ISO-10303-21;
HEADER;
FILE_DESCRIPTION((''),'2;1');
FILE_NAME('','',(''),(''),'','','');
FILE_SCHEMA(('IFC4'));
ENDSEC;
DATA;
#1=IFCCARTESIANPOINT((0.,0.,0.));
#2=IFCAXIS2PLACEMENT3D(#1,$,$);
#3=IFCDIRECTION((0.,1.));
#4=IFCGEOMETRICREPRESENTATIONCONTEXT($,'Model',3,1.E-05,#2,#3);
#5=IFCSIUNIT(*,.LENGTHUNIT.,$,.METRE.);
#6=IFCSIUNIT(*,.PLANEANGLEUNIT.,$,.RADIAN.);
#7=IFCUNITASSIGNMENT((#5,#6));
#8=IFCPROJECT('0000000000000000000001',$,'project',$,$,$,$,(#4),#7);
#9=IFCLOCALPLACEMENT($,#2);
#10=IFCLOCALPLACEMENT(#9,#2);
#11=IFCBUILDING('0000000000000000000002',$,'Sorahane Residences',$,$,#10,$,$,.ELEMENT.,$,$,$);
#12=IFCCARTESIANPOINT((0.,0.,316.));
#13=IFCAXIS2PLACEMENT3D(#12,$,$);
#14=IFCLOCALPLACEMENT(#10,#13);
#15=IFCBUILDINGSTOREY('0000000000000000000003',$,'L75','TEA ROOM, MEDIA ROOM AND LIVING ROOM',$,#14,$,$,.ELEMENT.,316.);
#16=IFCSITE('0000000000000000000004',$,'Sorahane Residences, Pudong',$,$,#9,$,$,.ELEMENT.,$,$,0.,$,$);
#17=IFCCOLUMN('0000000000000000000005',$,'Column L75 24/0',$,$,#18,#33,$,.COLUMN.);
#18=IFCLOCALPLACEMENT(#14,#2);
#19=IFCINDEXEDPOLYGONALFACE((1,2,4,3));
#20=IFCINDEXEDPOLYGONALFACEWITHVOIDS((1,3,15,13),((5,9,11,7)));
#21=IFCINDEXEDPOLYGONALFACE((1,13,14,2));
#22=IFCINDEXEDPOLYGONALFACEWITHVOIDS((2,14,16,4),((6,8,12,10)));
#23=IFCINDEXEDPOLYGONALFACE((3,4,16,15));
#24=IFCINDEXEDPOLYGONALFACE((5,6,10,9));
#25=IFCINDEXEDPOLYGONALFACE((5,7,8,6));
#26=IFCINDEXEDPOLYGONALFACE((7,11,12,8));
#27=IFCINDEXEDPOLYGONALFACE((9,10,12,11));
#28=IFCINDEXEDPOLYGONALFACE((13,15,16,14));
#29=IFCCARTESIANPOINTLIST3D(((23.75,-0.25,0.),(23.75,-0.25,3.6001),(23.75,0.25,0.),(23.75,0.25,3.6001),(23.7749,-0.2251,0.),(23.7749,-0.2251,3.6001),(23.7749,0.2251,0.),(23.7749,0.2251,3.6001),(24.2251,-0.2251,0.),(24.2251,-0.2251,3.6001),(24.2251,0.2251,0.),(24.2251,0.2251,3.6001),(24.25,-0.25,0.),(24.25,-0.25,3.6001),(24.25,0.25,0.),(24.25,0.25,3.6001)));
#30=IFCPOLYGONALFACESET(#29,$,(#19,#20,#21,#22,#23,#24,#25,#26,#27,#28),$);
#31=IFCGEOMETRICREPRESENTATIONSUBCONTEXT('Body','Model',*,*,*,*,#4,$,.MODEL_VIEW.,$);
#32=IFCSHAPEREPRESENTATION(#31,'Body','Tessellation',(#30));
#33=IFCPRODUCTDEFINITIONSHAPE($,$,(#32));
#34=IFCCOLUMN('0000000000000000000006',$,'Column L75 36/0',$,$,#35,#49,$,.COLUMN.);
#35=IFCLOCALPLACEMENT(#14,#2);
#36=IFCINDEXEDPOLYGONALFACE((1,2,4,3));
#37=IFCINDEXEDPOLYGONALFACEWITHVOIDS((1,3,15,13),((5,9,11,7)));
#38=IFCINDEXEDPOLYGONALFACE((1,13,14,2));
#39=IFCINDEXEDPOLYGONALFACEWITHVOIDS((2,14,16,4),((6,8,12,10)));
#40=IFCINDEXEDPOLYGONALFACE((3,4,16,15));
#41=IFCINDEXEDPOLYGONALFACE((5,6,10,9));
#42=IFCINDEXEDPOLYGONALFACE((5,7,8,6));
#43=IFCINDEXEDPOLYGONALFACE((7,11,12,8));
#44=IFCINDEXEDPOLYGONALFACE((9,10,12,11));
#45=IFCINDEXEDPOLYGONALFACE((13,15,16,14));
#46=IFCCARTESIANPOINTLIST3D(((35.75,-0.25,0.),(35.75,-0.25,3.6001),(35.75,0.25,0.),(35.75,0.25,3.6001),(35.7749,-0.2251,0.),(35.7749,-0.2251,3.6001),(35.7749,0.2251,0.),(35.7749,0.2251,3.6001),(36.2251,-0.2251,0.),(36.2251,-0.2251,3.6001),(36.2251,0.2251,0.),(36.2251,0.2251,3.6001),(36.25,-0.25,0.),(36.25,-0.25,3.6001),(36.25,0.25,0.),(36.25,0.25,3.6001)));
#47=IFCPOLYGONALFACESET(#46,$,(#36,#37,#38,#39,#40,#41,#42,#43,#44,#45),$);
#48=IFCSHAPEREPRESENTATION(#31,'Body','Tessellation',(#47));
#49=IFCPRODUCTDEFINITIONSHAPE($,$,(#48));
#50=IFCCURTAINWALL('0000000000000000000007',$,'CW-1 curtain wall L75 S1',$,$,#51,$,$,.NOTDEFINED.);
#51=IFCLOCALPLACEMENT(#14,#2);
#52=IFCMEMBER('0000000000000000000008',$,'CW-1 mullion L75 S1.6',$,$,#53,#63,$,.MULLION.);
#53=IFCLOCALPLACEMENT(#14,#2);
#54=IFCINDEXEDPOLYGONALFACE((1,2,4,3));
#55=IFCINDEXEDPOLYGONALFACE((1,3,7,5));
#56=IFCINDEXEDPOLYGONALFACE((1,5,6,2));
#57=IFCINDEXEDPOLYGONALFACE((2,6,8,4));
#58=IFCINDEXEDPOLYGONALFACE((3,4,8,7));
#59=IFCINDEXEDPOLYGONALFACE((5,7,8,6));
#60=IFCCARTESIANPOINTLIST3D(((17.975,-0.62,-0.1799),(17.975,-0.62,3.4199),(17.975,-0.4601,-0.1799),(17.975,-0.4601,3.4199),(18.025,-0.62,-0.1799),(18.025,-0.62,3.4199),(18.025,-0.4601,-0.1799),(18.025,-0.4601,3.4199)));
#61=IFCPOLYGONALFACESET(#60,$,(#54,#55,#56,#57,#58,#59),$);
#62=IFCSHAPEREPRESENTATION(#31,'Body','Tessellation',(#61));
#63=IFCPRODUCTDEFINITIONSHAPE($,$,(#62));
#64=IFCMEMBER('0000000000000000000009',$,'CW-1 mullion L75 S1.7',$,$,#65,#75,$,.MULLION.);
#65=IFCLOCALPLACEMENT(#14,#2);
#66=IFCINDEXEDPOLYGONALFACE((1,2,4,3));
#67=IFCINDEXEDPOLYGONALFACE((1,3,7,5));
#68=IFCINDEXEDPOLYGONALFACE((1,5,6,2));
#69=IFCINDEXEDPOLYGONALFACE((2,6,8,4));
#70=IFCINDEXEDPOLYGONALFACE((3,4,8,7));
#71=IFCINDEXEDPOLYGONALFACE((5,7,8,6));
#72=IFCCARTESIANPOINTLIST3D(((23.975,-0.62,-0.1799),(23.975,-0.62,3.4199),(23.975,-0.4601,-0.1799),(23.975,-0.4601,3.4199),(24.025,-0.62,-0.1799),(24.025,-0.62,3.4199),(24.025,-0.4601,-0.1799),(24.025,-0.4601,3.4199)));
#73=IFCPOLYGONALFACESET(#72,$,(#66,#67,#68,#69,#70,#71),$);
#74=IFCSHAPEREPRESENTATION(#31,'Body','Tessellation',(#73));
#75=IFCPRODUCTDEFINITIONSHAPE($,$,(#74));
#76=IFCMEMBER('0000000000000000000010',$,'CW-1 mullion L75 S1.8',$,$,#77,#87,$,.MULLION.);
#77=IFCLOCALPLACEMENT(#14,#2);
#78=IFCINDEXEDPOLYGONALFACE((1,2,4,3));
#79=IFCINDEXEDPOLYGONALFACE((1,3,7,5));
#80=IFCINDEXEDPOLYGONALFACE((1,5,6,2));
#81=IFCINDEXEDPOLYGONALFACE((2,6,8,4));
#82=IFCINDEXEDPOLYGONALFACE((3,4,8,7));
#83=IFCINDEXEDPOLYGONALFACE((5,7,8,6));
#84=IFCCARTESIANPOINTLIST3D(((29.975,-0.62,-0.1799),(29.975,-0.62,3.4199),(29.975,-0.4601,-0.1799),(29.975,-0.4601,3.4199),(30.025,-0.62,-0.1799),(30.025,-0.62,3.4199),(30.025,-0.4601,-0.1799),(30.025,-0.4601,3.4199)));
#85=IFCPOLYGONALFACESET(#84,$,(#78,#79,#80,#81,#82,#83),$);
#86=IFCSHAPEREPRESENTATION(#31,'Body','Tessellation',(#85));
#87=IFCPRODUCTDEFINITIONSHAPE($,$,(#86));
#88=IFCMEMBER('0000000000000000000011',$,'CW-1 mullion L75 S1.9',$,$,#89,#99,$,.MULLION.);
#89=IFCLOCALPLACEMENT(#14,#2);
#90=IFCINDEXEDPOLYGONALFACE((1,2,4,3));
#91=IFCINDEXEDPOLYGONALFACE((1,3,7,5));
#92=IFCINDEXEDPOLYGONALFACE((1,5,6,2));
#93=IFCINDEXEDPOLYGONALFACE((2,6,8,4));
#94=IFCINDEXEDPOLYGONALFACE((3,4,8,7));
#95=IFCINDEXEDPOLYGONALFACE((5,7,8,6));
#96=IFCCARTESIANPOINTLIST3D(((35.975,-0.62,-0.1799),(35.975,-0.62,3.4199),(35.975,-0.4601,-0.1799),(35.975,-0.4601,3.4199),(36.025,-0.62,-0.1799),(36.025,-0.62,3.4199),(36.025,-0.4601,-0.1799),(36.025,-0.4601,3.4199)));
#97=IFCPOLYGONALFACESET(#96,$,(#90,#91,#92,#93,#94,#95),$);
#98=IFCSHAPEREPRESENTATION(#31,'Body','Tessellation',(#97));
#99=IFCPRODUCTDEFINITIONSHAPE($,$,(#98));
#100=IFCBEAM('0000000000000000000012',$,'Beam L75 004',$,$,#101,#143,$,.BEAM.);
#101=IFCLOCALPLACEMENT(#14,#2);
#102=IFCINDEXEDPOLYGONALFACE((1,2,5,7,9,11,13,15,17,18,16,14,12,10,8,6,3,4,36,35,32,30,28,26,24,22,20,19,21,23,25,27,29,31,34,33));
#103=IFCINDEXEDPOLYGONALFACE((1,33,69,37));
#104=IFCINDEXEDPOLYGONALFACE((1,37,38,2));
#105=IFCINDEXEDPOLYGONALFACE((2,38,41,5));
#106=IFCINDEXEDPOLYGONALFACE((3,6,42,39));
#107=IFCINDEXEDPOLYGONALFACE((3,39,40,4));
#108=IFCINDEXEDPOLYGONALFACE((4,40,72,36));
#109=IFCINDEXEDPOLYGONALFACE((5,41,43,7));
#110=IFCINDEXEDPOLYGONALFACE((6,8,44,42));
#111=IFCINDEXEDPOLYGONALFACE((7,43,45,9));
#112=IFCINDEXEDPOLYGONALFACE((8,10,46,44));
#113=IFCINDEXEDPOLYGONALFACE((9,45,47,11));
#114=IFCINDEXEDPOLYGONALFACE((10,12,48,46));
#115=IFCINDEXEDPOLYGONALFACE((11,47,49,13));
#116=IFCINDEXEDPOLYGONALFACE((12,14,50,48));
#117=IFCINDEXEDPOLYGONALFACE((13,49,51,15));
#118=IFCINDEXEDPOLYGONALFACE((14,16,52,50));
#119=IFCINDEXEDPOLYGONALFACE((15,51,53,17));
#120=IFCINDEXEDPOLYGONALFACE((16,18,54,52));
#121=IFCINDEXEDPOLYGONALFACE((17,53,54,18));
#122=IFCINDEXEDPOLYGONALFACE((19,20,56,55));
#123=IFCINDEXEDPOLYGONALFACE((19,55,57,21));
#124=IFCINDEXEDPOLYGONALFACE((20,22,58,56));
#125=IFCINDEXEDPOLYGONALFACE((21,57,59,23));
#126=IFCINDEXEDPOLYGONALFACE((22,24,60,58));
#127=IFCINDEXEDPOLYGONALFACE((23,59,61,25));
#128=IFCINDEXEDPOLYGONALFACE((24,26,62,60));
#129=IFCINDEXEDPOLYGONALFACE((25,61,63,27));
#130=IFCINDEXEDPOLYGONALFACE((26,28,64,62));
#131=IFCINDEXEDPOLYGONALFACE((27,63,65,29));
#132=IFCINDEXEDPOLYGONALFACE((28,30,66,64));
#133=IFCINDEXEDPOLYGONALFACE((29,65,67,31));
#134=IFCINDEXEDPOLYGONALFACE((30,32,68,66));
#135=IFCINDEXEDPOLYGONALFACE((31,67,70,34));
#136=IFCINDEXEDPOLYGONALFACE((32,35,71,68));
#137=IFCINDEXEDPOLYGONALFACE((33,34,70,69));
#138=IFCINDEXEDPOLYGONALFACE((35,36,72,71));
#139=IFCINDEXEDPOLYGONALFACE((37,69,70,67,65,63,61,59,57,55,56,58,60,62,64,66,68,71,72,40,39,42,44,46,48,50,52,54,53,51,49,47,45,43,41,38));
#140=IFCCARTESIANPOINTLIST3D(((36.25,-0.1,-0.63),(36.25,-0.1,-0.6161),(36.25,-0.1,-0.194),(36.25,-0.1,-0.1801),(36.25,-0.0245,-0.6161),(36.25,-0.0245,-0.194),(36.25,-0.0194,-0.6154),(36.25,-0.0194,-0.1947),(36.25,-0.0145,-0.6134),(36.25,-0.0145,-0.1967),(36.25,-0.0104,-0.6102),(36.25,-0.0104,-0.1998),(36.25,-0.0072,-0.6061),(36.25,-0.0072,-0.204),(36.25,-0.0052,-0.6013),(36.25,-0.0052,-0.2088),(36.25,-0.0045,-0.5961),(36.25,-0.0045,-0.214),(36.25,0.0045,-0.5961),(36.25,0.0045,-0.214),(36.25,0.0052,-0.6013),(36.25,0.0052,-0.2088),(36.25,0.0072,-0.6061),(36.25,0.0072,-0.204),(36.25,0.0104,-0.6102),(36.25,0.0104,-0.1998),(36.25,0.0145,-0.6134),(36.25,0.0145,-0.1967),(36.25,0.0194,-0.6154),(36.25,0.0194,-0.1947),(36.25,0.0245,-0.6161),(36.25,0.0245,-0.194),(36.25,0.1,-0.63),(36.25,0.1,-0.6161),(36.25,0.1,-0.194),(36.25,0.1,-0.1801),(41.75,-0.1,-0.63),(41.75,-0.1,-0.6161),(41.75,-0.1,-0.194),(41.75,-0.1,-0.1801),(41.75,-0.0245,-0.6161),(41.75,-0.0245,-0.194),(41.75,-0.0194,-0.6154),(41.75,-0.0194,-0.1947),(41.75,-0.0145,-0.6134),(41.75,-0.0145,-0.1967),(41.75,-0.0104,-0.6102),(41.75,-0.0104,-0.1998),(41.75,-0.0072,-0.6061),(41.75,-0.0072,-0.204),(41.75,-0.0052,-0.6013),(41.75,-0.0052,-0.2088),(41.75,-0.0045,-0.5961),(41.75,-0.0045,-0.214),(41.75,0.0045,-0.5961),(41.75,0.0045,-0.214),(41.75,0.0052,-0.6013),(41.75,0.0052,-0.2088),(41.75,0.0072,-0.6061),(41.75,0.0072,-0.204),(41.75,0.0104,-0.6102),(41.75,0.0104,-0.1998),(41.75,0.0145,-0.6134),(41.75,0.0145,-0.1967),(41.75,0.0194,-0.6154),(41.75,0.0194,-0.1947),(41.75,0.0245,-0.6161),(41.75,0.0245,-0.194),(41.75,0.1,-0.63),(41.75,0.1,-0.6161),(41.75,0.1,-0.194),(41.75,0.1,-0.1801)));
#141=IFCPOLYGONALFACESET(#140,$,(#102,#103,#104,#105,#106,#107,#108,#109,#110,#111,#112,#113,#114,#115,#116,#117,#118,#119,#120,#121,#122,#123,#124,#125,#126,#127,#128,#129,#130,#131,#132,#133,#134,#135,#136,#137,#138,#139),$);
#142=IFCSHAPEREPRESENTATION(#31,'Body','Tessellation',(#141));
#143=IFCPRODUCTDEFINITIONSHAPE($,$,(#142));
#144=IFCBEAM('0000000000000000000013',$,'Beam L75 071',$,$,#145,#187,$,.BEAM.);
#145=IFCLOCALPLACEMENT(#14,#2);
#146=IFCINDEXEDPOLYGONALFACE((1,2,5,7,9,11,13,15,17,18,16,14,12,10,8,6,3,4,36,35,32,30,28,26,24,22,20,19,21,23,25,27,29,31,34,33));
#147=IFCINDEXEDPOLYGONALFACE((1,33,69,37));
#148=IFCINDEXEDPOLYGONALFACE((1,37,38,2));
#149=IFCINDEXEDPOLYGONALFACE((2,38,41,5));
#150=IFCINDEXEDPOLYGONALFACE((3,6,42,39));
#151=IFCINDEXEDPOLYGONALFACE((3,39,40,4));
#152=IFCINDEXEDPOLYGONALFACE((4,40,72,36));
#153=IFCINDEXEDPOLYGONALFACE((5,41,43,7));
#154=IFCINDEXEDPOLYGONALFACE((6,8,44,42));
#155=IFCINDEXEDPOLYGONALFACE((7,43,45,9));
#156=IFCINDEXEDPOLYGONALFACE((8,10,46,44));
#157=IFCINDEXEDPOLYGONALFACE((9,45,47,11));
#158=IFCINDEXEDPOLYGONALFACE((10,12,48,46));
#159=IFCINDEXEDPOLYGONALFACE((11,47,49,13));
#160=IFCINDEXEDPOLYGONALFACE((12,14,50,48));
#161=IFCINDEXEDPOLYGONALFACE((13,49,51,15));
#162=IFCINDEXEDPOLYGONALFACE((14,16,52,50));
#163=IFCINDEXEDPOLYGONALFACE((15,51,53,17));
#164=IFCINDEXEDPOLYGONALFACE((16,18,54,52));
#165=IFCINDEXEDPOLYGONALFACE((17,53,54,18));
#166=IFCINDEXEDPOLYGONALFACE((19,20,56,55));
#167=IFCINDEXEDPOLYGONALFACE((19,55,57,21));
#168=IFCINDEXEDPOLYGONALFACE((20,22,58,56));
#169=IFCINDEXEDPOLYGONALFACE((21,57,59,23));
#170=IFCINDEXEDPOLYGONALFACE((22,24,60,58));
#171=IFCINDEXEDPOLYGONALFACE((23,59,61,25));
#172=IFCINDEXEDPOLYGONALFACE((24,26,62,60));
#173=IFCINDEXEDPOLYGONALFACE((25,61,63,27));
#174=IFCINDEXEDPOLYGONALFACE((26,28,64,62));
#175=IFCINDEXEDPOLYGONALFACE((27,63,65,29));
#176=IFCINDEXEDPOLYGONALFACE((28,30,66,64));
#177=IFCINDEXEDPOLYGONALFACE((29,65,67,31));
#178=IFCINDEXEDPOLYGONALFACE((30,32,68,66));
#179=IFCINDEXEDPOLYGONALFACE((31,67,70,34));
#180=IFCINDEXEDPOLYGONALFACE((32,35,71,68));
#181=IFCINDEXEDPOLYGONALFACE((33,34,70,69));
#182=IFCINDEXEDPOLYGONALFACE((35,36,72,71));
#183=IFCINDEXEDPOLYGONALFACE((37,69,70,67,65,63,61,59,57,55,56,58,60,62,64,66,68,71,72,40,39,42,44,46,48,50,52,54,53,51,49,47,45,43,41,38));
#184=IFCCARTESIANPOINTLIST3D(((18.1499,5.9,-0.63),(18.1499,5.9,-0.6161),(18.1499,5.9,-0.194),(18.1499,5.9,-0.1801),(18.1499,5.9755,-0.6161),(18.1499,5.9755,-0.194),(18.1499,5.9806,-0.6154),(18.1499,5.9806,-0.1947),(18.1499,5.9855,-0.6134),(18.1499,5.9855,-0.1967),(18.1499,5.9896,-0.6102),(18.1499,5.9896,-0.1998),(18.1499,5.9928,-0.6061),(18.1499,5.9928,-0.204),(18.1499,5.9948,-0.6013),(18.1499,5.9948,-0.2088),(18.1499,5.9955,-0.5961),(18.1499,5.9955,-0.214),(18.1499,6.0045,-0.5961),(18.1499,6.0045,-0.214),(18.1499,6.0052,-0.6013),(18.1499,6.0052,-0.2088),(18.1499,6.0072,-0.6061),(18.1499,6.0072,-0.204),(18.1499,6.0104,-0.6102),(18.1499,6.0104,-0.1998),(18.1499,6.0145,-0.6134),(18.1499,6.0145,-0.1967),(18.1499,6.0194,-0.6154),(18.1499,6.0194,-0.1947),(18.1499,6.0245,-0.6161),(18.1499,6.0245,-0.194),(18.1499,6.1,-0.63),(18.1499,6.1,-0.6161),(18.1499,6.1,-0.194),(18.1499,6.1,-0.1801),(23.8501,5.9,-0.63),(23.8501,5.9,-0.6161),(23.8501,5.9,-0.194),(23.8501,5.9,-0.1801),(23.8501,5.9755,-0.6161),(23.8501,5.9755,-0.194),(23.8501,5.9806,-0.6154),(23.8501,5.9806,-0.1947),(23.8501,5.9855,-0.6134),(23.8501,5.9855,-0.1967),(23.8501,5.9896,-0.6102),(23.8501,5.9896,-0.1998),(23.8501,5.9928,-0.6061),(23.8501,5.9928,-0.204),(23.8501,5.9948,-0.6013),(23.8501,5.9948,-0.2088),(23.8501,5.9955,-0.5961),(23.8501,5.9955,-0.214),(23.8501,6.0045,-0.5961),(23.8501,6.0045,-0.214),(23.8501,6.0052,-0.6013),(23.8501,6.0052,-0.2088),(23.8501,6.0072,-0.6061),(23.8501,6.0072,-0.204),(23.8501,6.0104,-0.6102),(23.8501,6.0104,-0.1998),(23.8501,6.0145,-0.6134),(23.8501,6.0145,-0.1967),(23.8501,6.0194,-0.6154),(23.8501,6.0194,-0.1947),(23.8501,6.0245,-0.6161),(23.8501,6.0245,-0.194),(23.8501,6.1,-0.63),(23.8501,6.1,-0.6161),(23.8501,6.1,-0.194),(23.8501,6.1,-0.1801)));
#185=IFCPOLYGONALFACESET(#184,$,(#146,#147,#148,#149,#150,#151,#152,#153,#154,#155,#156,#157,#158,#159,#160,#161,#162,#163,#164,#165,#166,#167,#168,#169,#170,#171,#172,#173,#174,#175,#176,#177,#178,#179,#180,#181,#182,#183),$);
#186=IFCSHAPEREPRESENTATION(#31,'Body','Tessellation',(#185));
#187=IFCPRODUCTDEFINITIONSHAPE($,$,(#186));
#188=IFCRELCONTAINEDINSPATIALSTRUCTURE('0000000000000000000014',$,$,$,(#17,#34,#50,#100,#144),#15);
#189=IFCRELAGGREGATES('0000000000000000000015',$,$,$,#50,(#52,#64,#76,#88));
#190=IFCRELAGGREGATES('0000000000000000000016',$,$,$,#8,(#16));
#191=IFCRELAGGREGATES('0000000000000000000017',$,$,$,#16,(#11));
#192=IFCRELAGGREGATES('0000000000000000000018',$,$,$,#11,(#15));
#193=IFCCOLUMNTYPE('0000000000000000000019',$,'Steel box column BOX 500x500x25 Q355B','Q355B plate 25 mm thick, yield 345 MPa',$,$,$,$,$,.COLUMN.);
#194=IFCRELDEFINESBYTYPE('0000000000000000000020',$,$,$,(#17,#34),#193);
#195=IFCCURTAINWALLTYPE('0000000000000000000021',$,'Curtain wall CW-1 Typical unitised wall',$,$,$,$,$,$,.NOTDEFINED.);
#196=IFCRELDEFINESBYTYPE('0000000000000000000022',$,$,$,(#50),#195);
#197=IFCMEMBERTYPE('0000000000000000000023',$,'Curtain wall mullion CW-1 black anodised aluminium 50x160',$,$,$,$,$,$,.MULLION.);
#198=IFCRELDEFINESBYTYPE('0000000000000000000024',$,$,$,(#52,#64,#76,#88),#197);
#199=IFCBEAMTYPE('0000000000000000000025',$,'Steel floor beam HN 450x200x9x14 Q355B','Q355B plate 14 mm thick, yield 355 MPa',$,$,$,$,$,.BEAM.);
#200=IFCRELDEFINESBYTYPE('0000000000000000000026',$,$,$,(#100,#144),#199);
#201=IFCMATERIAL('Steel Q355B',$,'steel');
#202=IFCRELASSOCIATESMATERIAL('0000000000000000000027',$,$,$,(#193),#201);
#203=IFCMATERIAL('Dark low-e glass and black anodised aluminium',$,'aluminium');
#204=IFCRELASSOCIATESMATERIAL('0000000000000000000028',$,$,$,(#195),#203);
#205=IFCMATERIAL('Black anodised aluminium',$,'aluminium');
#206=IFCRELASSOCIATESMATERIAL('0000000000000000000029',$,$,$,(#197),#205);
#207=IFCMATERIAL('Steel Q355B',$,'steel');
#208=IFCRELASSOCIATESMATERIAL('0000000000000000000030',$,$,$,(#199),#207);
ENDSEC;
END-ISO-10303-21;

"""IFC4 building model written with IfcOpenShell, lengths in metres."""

from ifc_helpers import new_model, si_unit, direction, frame, origin, origin_2d, place, context, subcontext, project, spatial, rectangle, hollow_rectangle, i_section, extrude, material, material_profile, profile_set, type_object, element, aggregate, save


model = new_model("IFC4")

# Units and contexts
model_context = context("Model", 3, precision=1e-05, world=origin(), true_north=direction((0.0, 1.0)))
body_context = subcontext(model_context, "Body", "Model", "MODEL_VIEW")
ifc_project = project(units=[si_unit("LENGTHUNIT", "METRE"), si_unit("PLANEANGLEUNIT", "RADIAN")], contexts=[model_context])

# Site, building, storey
site_placement = place(None, origin())
site = spatial("IfcSite", under=ifc_project, at=site_placement, Name="Sorahane Residences, Pudong", CompositionType="ELEMENT", RefElevation=0.0)
building_placement = place(site_placement, origin())
building = spatial("IfcBuilding", under=site, at=building_placement, Name="Sorahane Residences", CompositionType="ELEMENT")
storey_placement = place(building_placement, frame((0.0, 0.0, 316.0)))
storey = spatial("IfcBuildingStorey", under=building, at=storey_placement, Name="L75", Description="TEA ROOM, MEDIA ROOM AND LIVING ROOM", CompositionType="ELEMENT", Elevation=316.0)

# Columns
ifc_material_1 = material(Name="Steel Q355B", Category="steel")
ifc_material_profile_1 = material_profile(ifc_material_1, hollow_rectangle(XDim=0.5, YDim=0.5, WallThickness=0.0249, at=origin_2d()), Name="BOX 500x500x25")
ifc_profile_set_1 = profile_set([ifc_material_profile_1], Name="Steel Q355B")
column_type = type_object("IfcColumnType", Name="Steel box column BOX 500x500x25 Q355B", Description="Q355B plate 25 mm thick, yield 345 MPa", PredefinedType="COLUMN", material=ifc_profile_set_1)
for number, where, z_axis, x_axis, name in (
    (1, (24.0, 0.0, 0.0), (0.0, 0.0, 1.0), (1.0, 0.0, 0.0), "Column L75 24/0"),
    (2, (36.0, 0.0, 0.0), (0.0, 0.0, 1.0), (1.0, 0.0, 0.0), "Column L75 36/0"),
):
    element("IfcColumn", number, at=place(storey_placement, frame(where, z_axis=z_axis, x_axis=x_axis)), inside=storey, type_object=column_type, Name=name, PredefinedType="COLUMN", context=body_context, shape_type="SweptSolid", body=[
        extrude(hollow_rectangle(XDim=0.5, YDim=0.5, WallThickness=0.0249, at=origin_2d()), origin(), (0.0, 0.0, 1.0), 3.6001),
    ])

# Curtain wall, members
ifc_material_2 = material(Name="Dark low-e glass and black anodised aluminium", Category="aluminium")
curtain_wall_type = type_object("IfcCurtainWallType", Name="Curtain wall CW-1 Typical unitised wall", PredefinedType="NOTDEFINED", material=ifc_material_2)
curtain_wall_placement = place(storey_placement, origin())
curtain_wall = element("IfcCurtainWall", 3, at=curtain_wall_placement, inside=storey, type_object=curtain_wall_type, Name="CW-1 curtain wall L75 S1", PredefinedType="NOTDEFINED")
ifc_material_3 = material(Name="Black anodised aluminium", Category="aluminium")
ifc_material_profile_2 = material_profile(ifc_material_3, rectangle(XDim=0.1599, YDim=0.05, at=origin_2d()), Name="Curtain wall mullion CW-1 black anodised aluminium 50x160")
ifc_profile_set_2 = profile_set([ifc_material_profile_2], Name="Black anodised aluminium")
member_type = type_object("IfcMemberType", Name="Curtain wall mullion CW-1 black anodised aluminium 50x160", PredefinedType="MULLION", material=ifc_profile_set_2)
member_1_placement = place(storey_placement, frame((18.0, -0.54, -0.1799), z_axis=(0.0, 0.0, 1.0), x_axis=(0.0, -1.0, 0.0)))
member_1 = element("IfcMember", 4, at=member_1_placement, type_object=member_type, Name="CW-1 mullion L75 S1.6", PredefinedType="MULLION", context=body_context, shape_type="SweptSolid", body=[
    extrude(rectangle(XDim=0.1599, YDim=0.05, at=origin_2d()), origin(), (0.0, 0.0, 1.0), 3.5999),
])
member_2_placement = place(storey_placement, frame((24.0, -0.54, -0.1799), z_axis=(0.0, 0.0, 1.0), x_axis=(0.0, -1.0, 0.0)))
member_2 = element("IfcMember", 5, at=member_2_placement, type_object=member_type, Name="CW-1 mullion L75 S1.7", PredefinedType="MULLION", context=body_context, shape_type="SweptSolid", body=[
    extrude(rectangle(XDim=0.1599, YDim=0.05, at=origin_2d()), origin(), (0.0, 0.0, 1.0), 3.5999),
])
member_3_placement = place(storey_placement, frame((30.0, -0.54, -0.1799), z_axis=(0.0, 0.0, 1.0), x_axis=(0.0, -1.0, 0.0)))
member_3 = element("IfcMember", 6, at=member_3_placement, type_object=member_type, Name="CW-1 mullion L75 S1.8", PredefinedType="MULLION", context=body_context, shape_type="SweptSolid", body=[
    extrude(rectangle(XDim=0.1599, YDim=0.05, at=origin_2d()), origin(), (0.0, 0.0, 1.0), 3.5999),
])
member_4_placement = place(storey_placement, frame((36.0, -0.54, -0.1799), z_axis=(0.0, 0.0, 1.0), x_axis=(0.0, -1.0, 0.0)))
member_4 = element("IfcMember", 7, at=member_4_placement, type_object=member_type, Name="CW-1 mullion L75 S1.9", PredefinedType="MULLION", context=body_context, shape_type="SweptSolid", body=[
    extrude(rectangle(XDim=0.1599, YDim=0.05, at=origin_2d()), origin(), (0.0, 0.0, 1.0), 3.5999),
])

# Beams
ifc_material_4 = material(Name="Steel Q355B", Category="steel")
ifc_material_profile_3 = material_profile(ifc_material_4, i_section(OverallWidth=0.2, OverallDepth=0.45, WebThickness=0.009, FlangeThickness=0.0139, FilletRadius=0.02, at=origin_2d()), Name="HN 450x200x9x14")
ifc_profile_set_3 = profile_set([ifc_material_profile_3], Name="Steel Q355B")
beam_type_1 = type_object("IfcBeamType", Name="Steel floor beam HN 450x200x9x14 Q355B", Description="Q355B plate 14 mm thick, yield 355 MPa", PredefinedType="BEAM", material=ifc_profile_set_3)
beam_1_placement = place(storey_placement, frame((36.25, 0.0, -0.405), z_axis=(1.0, 0.0, 0.0), x_axis=(0.0, 1.0, 0.0)))
element("IfcBeam", 8, at=beam_1_placement, inside=storey, type_object=beam_type_1, Name="Beam L75 004", PredefinedType="BEAM", context=body_context, shape_type="SweptSolid", body=[
    extrude(i_section(OverallWidth=0.2, OverallDepth=0.45, WebThickness=0.009, FlangeThickness=0.0139, FilletRadius=0.02, at=origin_2d()), origin(), (0.0, 0.0, 1.0), 5.5),
])
for number, where, z_axis, x_axis, name in (
    (9, (18.1499, 6.0, -0.405), (1.0, 0.0, 0.0), (0.0, 1.0, 0.0), "Beam L75 071"),
):
    element("IfcBeam", number, at=place(storey_placement, frame(where, z_axis=z_axis, x_axis=x_axis)), inside=storey, type_object=beam_type_1, Name=name, PredefinedType="BEAM", context=body_context, shape_type="SweptSolid", body=[
        extrude(i_section(OverallWidth=0.2, OverallDepth=0.45, WebThickness=0.009, FlangeThickness=0.0139, FilletRadius=0.02, at=origin_2d()), origin(), (0.0, 0.0, 1.0), 5.7002),
    ])

aggregate(curtain_wall, [member_1, member_2, member_3, member_4])

save(model, "model.ifc")
